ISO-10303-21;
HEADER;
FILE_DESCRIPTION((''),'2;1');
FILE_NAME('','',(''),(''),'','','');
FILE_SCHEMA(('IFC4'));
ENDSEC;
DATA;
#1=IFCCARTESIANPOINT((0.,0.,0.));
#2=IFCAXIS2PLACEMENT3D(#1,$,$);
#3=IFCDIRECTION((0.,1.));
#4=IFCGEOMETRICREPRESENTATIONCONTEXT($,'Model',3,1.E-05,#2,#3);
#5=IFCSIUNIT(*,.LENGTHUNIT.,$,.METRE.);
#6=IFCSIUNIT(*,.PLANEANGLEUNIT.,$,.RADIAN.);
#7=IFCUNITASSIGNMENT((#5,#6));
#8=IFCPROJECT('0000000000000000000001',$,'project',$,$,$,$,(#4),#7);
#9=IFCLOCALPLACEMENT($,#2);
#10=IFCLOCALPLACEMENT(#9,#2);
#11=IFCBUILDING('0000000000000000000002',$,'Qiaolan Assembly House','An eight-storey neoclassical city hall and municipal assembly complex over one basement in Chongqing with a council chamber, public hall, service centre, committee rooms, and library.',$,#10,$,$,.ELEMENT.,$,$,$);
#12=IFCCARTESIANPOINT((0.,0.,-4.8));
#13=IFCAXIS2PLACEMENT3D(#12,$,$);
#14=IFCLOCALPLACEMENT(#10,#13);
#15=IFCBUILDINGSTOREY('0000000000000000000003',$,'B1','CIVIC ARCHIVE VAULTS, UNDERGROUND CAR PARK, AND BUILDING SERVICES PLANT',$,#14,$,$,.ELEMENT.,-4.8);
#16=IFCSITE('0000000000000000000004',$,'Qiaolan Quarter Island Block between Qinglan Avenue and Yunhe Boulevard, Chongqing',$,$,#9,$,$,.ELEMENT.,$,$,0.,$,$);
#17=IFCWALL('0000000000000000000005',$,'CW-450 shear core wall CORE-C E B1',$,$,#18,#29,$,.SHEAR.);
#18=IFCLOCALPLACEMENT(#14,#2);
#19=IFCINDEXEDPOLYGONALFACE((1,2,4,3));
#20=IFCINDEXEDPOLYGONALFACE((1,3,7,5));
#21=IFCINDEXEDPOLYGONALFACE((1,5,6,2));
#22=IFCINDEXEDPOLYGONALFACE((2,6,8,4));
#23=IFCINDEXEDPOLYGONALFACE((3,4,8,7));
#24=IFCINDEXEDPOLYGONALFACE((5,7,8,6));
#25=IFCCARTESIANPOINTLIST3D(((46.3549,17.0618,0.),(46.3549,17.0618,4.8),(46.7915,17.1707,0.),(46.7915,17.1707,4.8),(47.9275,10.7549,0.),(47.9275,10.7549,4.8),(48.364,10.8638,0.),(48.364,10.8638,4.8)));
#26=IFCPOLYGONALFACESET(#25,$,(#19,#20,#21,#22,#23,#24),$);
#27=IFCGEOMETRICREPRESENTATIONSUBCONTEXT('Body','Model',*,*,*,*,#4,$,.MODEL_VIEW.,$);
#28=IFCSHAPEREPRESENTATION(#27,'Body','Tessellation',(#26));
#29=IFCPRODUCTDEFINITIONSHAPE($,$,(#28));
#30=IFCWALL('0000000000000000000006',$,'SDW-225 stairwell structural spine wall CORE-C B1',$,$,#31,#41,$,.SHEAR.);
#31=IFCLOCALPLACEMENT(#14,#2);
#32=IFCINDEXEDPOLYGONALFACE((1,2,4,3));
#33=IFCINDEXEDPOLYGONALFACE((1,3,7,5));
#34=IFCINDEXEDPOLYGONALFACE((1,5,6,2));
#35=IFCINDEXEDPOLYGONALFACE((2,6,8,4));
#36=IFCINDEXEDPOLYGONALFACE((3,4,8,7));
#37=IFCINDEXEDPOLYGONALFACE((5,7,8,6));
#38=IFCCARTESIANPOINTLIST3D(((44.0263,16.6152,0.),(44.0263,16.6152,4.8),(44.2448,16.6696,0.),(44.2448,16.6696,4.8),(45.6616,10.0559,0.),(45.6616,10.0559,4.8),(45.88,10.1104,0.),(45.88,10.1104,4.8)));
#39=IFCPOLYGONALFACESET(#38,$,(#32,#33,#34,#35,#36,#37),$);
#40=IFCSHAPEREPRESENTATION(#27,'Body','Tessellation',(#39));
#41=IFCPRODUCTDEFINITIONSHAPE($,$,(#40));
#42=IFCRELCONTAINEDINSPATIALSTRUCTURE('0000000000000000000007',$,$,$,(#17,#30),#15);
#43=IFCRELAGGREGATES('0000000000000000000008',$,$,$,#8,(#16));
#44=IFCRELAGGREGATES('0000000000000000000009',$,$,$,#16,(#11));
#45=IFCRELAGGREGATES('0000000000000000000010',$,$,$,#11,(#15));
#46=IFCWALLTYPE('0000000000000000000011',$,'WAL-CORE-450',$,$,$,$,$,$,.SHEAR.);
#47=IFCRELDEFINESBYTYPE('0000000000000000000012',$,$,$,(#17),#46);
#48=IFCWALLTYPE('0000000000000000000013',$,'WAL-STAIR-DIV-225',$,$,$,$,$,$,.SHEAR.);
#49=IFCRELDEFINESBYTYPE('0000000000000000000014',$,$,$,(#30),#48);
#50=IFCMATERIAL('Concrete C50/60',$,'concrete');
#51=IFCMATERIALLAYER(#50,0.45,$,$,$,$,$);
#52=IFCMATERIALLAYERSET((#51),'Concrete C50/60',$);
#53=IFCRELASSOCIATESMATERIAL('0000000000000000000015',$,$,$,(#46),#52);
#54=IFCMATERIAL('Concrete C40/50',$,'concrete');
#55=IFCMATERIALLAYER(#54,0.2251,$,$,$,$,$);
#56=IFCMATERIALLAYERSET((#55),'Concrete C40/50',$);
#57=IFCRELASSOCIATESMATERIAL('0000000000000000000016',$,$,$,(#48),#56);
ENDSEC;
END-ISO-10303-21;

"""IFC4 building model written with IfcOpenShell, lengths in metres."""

from ifc_helpers import new_model, si_unit, direction, frame, frame_2d, origin, place, context, subcontext, project, spatial, rectangle, extrude, material, layer, layer_set, type_object, element, save


model = new_model("IFC4")

# Units and contexts
model_context = context("Model", 3, precision=1e-05, world=origin(), true_north=direction((0.0, 1.0)))
body_context = subcontext(model_context, "Body", "Model", "MODEL_VIEW")
ifc_project = project(units=[si_unit("LENGTHUNIT", "METRE"), si_unit("PLANEANGLEUNIT", "RADIAN")], contexts=[model_context])

# Site, building, storey
site_placement = place(None, origin())
site = spatial("IfcSite", under=ifc_project, at=site_placement, Name="Qiaolan Quarter Island Block between Qinglan Avenue and Yunhe Boulevard, Chongqing", CompositionType="ELEMENT", RefElevation=0.0)
building_placement = place(site_placement, origin())
building = spatial("IfcBuilding", under=site, at=building_placement, Name="Qiaolan Assembly House", Description="An eight-storey neoclassical city hall and municipal assembly complex over one basement in Chongqing with a council chamber, public hall, service centre, committee rooms, and library.", CompositionType="ELEMENT")
storey_placement = place(building_placement, frame((0.0, 0.0, -4.8)))
storey = spatial("IfcBuildingStorey", under=building, at=storey_placement, Name="B1", Description="CIVIC ARCHIVE VAULTS, UNDERGROUND CAR PARK, AND BUILDING SERVICES PLANT", CompositionType="ELEMENT", Elevation=-4.8)

# Shared definitions
ifc_material_1 = material(Name="Concrete C40/50", Category="concrete")

# Shared definitions
ifc_material_2 = material(Name="Concrete C50/60", Category="concrete")

# Walls
ifc_layer_1 = layer(ifc_material_2, 0.45)
ifc_layer_set_1 = layer_set([ifc_layer_1], Name="Concrete C50/60")
wall_type_1 = type_object("IfcWallType", Name="WAL-CORE-450", PredefinedType="SHEAR", material=ifc_layer_set_1)
wall_1_placement = place(storey_placement, frame((48.1458, 10.8093, 0.0), z_axis=(0.0, 0.0, 1.0), x_axis=(-0.241926, 0.970295, 0.0)))
element("IfcWall", 1, at=wall_1_placement, inside=storey, type_object=wall_type_1, Name="CW-450 shear core wall CORE-C E B1", PredefinedType="SHEAR", context=body_context, shape_type="SweptSolid", body=[
    extrude(rectangle(XDim=6.5, YDim=0.45, at=frame_2d((3.25, 0.0))), origin(), (0.0, 0.0, 1.0), 4.8),
])
ifc_layer_2 = layer(ifc_material_1, 0.2251)
ifc_layer_set_2 = layer_set([ifc_layer_2], Name="Concrete C40/50")
wall_type_2 = type_object("IfcWallType", Name="WAL-STAIR-DIV-225", PredefinedType="SHEAR", material=ifc_layer_set_2)
wall_2_placement = place(storey_placement, frame((45.7708, 10.0833, 0.0), z_axis=(0.0, 0.0, 1.0), x_axis=(-0.241898, 0.970302, 0.0)))
element("IfcWall", 2, at=wall_2_placement, inside=storey, type_object=wall_type_2, Name="SDW-225 stairwell structural spine wall CORE-C B1", PredefinedType="SHEAR", context=body_context, shape_type="SweptSolid", body=[
    extrude(rectangle(XDim=6.76, YDim=0.2251, at=frame_2d((3.3799, 0.0))), origin(), (0.0, 0.0, 1.0), 4.8),
])

save(model, "model.ifc")
